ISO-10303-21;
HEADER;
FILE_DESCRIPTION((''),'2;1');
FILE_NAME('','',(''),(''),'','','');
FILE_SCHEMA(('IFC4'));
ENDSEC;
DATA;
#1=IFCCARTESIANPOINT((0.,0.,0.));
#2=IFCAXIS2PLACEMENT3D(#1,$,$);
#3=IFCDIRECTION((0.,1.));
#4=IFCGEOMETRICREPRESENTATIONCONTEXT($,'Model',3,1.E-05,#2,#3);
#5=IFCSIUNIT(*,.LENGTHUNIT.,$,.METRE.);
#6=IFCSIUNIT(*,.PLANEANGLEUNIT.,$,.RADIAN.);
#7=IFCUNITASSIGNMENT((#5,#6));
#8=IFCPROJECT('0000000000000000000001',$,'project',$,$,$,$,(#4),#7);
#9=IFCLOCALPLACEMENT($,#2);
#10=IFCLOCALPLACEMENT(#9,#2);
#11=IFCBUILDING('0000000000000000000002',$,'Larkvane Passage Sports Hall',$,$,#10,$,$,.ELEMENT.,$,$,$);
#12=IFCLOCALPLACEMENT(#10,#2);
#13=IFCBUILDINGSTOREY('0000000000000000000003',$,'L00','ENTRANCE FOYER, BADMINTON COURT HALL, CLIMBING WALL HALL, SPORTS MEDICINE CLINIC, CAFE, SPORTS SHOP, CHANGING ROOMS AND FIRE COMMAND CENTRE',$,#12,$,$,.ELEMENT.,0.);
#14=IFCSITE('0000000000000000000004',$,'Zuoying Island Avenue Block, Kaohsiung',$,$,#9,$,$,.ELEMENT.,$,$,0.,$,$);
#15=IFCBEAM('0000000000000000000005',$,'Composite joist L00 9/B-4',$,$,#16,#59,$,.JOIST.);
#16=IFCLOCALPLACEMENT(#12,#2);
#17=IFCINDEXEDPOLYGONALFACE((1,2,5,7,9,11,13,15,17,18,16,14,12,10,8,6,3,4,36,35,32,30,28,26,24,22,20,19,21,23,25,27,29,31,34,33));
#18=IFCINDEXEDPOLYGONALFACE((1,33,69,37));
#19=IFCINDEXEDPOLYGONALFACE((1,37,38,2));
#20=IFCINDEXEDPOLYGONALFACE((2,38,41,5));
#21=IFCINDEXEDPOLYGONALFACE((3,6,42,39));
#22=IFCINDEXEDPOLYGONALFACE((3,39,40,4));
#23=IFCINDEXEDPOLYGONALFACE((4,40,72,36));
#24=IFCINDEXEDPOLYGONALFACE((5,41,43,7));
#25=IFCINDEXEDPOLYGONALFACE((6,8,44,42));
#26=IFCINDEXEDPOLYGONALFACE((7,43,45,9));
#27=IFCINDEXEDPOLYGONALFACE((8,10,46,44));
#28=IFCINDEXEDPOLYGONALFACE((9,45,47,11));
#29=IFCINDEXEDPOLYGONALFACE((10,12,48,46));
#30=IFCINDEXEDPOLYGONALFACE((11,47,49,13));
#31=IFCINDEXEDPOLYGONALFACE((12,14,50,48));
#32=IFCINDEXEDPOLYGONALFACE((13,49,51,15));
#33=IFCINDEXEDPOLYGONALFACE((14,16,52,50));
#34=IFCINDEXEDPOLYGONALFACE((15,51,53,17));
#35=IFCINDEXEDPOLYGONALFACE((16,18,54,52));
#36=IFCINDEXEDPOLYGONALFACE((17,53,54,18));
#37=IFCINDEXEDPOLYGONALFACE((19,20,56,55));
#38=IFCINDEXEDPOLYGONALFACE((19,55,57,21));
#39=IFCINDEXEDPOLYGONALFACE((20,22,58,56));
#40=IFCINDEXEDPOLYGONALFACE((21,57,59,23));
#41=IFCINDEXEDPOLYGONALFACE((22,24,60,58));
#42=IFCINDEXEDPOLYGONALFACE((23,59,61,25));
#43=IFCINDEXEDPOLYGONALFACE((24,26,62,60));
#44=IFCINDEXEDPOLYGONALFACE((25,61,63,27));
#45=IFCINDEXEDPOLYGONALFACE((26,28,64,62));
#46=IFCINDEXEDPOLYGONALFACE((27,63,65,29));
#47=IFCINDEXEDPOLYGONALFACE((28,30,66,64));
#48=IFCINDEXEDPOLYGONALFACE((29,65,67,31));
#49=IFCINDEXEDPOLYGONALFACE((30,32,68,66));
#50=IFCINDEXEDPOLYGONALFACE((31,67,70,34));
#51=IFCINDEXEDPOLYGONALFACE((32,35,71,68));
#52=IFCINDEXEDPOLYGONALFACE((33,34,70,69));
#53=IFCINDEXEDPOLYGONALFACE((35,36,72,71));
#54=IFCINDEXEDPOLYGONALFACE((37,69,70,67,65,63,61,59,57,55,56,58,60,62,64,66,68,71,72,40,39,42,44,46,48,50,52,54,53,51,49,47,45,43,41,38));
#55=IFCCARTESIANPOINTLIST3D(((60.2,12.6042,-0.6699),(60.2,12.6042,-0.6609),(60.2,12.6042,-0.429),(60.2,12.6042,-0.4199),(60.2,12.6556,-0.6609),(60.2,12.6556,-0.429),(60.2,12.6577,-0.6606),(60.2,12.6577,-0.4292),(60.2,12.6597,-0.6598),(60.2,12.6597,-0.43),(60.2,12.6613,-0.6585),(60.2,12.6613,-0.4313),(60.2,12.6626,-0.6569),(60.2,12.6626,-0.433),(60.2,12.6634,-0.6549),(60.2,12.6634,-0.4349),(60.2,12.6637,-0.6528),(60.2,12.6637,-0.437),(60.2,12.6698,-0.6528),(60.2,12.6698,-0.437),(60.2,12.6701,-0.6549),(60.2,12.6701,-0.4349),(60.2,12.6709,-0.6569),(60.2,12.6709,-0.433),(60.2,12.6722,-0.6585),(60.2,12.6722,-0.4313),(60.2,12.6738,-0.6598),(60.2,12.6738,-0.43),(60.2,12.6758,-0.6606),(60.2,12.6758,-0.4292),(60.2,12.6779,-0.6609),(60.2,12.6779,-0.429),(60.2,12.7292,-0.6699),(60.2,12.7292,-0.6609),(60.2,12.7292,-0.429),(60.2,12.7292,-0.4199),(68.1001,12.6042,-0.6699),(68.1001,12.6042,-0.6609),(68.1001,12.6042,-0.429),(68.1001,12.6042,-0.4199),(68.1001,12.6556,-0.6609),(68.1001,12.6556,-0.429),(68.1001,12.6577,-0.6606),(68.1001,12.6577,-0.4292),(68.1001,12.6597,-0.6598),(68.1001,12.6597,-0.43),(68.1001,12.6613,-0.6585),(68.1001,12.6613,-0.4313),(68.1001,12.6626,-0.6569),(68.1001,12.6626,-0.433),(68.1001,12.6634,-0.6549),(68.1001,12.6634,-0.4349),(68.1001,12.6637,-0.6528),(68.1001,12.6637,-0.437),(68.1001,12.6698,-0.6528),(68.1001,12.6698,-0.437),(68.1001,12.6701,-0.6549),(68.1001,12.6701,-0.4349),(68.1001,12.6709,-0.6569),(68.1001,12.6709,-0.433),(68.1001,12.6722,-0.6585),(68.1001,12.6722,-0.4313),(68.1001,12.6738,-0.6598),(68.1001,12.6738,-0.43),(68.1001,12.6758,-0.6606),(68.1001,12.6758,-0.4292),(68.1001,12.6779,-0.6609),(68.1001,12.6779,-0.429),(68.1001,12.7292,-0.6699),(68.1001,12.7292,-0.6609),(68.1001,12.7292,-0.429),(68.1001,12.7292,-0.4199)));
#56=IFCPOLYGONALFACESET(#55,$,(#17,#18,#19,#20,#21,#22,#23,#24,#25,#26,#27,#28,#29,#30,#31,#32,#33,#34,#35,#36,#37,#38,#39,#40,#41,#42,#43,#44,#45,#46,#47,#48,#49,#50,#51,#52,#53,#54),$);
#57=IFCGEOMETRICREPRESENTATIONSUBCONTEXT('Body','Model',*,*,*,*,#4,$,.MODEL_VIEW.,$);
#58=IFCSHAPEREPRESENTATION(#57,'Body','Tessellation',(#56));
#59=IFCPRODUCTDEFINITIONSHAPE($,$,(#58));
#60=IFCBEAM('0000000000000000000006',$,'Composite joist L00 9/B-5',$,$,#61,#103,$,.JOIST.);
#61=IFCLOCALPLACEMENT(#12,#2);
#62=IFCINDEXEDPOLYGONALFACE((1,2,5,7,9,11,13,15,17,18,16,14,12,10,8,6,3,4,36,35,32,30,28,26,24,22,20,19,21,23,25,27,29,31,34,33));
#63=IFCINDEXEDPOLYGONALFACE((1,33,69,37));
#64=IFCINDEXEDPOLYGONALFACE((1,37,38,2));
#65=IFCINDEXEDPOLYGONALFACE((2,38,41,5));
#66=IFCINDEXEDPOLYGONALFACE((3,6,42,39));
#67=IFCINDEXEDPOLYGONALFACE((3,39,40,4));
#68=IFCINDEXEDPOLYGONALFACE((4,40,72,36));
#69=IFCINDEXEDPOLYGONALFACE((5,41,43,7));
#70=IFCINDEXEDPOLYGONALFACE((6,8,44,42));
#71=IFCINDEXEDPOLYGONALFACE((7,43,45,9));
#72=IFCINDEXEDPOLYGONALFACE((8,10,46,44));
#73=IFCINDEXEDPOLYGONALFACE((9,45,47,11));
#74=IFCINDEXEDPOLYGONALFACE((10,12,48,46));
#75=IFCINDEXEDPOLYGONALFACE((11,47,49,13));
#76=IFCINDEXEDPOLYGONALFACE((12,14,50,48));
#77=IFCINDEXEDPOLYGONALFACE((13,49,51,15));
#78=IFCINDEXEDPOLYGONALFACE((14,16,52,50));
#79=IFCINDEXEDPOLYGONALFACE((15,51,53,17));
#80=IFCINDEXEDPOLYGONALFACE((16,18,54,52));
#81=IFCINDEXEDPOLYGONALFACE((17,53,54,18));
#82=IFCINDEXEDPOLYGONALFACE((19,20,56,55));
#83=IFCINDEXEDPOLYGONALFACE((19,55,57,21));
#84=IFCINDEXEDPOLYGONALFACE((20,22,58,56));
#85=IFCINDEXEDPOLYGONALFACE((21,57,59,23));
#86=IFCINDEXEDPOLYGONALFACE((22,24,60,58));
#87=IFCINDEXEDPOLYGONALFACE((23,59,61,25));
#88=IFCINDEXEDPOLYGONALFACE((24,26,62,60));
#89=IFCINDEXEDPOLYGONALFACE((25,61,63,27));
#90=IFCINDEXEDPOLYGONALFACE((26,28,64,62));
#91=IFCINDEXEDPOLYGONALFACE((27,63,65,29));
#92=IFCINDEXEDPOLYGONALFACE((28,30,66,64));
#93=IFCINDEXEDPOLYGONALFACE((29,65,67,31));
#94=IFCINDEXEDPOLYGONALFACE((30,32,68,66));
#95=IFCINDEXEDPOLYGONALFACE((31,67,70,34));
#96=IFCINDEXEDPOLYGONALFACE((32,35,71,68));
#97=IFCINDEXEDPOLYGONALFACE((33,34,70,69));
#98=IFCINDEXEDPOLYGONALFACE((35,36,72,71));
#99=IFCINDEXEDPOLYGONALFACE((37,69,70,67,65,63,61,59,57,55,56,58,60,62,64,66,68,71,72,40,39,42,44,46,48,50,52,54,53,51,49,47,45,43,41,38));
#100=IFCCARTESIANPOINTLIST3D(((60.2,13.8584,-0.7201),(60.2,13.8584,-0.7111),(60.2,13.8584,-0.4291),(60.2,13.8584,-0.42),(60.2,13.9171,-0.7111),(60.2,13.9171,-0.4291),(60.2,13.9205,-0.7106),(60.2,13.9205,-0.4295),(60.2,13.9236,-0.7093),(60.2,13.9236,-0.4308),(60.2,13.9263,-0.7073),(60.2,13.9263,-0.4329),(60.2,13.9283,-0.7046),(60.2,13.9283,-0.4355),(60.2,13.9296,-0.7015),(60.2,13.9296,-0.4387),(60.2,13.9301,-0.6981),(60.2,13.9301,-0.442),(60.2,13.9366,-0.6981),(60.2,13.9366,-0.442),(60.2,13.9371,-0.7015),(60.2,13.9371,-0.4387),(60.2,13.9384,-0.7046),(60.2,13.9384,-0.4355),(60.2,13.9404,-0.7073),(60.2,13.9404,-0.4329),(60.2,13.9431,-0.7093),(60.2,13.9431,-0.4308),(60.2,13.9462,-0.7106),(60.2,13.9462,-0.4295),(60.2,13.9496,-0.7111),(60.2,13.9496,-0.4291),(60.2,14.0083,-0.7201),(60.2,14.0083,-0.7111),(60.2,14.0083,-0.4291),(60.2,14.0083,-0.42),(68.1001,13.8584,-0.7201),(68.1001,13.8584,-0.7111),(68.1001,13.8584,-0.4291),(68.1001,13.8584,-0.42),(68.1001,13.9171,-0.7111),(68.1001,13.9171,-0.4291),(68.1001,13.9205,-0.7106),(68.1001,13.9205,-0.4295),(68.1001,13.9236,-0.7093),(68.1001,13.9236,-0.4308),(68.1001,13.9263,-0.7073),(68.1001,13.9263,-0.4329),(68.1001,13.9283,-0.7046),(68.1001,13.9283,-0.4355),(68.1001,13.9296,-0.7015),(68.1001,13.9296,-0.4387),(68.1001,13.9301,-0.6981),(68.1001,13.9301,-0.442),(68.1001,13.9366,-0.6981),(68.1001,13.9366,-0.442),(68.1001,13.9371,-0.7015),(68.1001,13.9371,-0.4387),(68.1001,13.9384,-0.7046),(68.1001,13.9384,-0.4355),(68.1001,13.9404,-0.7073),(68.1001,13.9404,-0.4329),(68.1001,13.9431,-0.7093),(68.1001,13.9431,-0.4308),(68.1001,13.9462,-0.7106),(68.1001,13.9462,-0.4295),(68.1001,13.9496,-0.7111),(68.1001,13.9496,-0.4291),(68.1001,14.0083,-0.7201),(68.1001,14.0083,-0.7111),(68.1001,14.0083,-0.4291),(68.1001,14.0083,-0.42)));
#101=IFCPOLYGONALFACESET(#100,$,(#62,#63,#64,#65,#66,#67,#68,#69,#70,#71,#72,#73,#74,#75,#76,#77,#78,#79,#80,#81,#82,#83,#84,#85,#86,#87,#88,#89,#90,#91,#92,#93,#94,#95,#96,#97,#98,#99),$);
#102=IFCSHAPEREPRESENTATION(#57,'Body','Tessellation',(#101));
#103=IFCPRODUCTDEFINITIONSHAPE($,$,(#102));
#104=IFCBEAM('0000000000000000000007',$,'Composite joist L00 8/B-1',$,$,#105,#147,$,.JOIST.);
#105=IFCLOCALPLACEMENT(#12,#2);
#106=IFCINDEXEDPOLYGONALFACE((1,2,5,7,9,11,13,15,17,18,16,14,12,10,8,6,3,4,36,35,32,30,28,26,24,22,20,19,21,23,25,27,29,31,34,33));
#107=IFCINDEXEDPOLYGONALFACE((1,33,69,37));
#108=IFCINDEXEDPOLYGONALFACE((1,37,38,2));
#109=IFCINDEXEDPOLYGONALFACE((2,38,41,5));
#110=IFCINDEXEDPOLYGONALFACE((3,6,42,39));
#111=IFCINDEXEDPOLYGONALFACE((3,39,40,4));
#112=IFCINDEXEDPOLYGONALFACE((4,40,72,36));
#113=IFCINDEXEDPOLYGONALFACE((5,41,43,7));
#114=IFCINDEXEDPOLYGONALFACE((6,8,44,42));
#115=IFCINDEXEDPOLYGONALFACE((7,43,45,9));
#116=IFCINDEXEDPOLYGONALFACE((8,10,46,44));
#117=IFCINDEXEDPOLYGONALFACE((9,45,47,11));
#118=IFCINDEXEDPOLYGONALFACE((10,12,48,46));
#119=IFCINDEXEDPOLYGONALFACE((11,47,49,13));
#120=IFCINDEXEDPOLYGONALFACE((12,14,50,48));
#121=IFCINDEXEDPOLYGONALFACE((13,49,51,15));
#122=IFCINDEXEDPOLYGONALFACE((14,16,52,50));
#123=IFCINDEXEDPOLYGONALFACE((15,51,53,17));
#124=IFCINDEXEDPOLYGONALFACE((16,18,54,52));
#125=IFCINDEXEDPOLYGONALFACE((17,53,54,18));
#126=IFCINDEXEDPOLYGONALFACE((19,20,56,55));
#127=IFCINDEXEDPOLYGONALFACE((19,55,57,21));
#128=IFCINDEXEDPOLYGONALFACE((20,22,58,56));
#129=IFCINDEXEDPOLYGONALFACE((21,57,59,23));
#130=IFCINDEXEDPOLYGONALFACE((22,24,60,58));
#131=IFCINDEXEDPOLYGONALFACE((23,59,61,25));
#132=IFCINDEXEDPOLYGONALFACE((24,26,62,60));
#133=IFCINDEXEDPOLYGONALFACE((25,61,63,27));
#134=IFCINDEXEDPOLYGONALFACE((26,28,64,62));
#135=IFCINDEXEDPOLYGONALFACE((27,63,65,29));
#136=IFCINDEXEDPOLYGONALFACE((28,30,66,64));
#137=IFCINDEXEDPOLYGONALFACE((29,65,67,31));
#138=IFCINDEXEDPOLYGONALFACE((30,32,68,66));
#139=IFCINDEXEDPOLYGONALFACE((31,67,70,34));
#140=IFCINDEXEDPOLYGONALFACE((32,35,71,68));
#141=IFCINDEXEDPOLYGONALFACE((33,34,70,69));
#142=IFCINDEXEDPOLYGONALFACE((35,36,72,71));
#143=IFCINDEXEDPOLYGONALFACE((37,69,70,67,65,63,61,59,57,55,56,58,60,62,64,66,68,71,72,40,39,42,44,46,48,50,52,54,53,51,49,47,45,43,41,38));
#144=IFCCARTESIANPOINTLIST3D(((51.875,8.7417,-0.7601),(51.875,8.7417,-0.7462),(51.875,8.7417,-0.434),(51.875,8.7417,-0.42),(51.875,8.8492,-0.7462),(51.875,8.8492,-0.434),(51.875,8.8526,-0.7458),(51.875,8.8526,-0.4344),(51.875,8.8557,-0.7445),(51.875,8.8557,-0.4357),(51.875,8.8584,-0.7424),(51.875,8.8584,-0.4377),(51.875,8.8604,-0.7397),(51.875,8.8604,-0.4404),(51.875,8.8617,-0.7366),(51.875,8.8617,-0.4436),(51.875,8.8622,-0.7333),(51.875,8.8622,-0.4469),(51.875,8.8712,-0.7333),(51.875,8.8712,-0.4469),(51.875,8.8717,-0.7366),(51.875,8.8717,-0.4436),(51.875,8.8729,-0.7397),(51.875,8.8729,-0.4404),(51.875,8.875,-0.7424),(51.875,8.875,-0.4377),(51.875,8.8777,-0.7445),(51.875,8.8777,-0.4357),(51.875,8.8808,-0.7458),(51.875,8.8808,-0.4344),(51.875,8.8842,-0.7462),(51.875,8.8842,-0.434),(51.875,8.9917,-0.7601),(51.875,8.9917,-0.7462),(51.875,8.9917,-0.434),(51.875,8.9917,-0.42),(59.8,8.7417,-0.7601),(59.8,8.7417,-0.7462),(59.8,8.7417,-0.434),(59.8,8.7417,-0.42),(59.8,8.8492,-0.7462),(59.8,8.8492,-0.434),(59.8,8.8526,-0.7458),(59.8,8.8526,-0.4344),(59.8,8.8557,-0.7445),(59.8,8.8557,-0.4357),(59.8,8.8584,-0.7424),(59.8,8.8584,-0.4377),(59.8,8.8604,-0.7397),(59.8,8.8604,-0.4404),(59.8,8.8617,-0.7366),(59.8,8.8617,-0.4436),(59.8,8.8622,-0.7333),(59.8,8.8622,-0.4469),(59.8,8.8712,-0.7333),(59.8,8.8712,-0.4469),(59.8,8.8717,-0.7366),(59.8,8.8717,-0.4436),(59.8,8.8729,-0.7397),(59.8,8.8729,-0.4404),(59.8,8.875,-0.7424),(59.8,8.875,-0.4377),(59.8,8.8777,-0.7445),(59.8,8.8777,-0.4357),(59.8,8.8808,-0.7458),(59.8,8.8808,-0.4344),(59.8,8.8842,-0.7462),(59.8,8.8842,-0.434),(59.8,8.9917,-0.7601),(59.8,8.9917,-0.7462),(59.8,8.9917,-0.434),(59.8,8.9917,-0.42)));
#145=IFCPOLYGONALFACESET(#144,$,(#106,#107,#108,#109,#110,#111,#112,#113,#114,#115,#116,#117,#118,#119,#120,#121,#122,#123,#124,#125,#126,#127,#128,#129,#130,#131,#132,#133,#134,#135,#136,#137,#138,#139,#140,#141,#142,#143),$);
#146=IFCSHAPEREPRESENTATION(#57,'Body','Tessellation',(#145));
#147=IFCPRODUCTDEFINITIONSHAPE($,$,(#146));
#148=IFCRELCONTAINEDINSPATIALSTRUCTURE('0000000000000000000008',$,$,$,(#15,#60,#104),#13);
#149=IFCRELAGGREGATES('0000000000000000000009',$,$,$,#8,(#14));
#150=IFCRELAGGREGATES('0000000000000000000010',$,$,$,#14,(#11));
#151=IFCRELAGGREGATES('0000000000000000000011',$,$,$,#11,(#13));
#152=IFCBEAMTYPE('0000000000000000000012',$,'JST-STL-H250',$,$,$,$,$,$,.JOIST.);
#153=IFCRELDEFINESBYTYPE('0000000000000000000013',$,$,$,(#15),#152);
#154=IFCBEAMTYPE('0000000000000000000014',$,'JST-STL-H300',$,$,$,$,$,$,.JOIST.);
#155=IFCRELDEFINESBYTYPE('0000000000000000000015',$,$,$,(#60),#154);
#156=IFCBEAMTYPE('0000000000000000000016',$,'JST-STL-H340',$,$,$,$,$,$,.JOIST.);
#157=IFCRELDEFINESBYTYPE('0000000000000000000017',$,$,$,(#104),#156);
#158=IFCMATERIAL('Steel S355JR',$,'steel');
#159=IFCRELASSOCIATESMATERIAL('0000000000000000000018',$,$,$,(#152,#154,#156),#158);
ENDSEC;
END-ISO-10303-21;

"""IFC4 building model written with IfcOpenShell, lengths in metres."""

from ifc_helpers import new_model, si_unit, direction, frame, origin, origin_2d, place, context, subcontext, project, spatial, i_section, extrude, material, material_profile, profile_set, type_object, element, save


model = new_model("IFC4")

# Units and contexts
model_context = context("Model", 3, precision=1e-05, world=origin(), true_north=direction((0.0, 1.0)))
body_context = subcontext(model_context, "Body", "Model", "MODEL_VIEW")
ifc_project = project(units=[si_unit("LENGTHUNIT", "METRE"), si_unit("PLANEANGLEUNIT", "RADIAN")], contexts=[model_context])

# Site, building, storey
site_placement = place(None, origin())
site = spatial("IfcSite", under=ifc_project, at=site_placement, Name="Zuoying Island Avenue Block, Kaohsiung", CompositionType="ELEMENT", RefElevation=0.0)
building_placement = place(site_placement, origin())
building = spatial("IfcBuilding", under=site, at=building_placement, Name="Larkvane Passage Sports Hall", CompositionType="ELEMENT")
storey_placement = place(building_placement, origin())
storey = spatial("IfcBuildingStorey", under=building, at=storey_placement, Name="L00", Description="ENTRANCE FOYER, BADMINTON COURT HALL, CLIMBING WALL HALL, SPORTS MEDICINE CLINIC, CAFE, SPORTS SHOP, CHANGING ROOMS AND FIRE COMMAND CENTRE", CompositionType="ELEMENT", Elevation=0.0)

# Shared definitions
ifc_material_1 = material(Name="Steel S355JR", Category="steel")

# Beams
ifc_material_profile_1 = material_profile(ifc_material_1, i_section(OverallWidth=0.125, OverallDepth=0.25, WebThickness=0.0061, FlangeThickness=0.009, FilletRadius=0.0081, at=origin_2d()), Name="H-250x125x6x9")
ifc_profile_set_1 = profile_set([ifc_material_profile_1], Name="Steel S355JR")
beam_type_1 = type_object("IfcBeamType", Name="JST-STL-H250", PredefinedType="JOIST", material=ifc_profile_set_1)
beam_1_placement = place(storey_placement, frame((60.2, 12.6667, -0.5449), z_axis=(1.0, 0.0, 0.0), x_axis=(0.0, 1.0, 0.0)))
element("IfcBeam", 1, at=beam_1_placement, inside=storey, type_object=beam_type_1, Name="Composite joist L00 9/B-4", PredefinedType="JOIST", context=body_context, shape_type="SweptSolid", body=[
    extrude(i_section(OverallWidth=0.125, OverallDepth=0.25, WebThickness=0.0061, FlangeThickness=0.009, FilletRadius=0.0081, at=origin_2d()), origin(), (0.0, 0.0, 1.0), 7.9001),
])
ifc_material_profile_2 = material_profile(ifc_material_1, i_section(OverallWidth=0.1499, OverallDepth=0.3, WebThickness=0.0066, FlangeThickness=0.009, FilletRadius=0.0129, at=origin_2d()), Name="H-300x150x6.5x9")
ifc_profile_set_2 = profile_set([ifc_material_profile_2], Name="Steel S355JR")
beam_type_2 = type_object("IfcBeamType", Name="JST-STL-H300", PredefinedType="JOIST", material=ifc_profile_set_2)
beam_2_placement = place(storey_placement, frame((60.2, 13.9333, -0.5701), z_axis=(1.0, 0.0, 0.0), x_axis=(0.0, 1.0, 0.0)))
element("IfcBeam", 2, at=beam_2_placement, inside=storey, type_object=beam_type_2, Name="Composite joist L00 9/B-5", PredefinedType="JOIST", context=body_context, shape_type="SweptSolid", body=[
    extrude(i_section(OverallWidth=0.1499, OverallDepth=0.3, WebThickness=0.0066, FlangeThickness=0.009, FilletRadius=0.0129, at=origin_2d()), origin(), (0.0, 0.0, 1.0), 7.9001),
])
ifc_material_profile_3 = material_profile(ifc_material_1, i_section(OverallWidth=0.25, OverallDepth=0.3401, WebThickness=0.009, FlangeThickness=0.0139, FilletRadius=0.0129, at=origin_2d()), Name="H-340x250x9x14")
ifc_profile_set_3 = profile_set([ifc_material_profile_3], Name="Steel S355JR")
beam_type_3 = type_object("IfcBeamType", Name="JST-STL-H340", PredefinedType="JOIST", material=ifc_profile_set_3)
beam_3_placement = place(storey_placement, frame((51.875, 8.8667, -0.5901), z_axis=(1.0, 0.0, 0.0), x_axis=(0.0, 1.0, 0.0)))
element("IfcBeam", 3, at=beam_3_placement, inside=storey, type_object=beam_type_3, Name="Composite joist L00 8/B-1", PredefinedType="JOIST", context=body_context, shape_type="SweptSolid", body=[
    extrude(i_section(OverallWidth=0.25, OverallDepth=0.3401, WebThickness=0.009, FlangeThickness=0.0139, FilletRadius=0.0129, at=origin_2d()), origin(), (0.0, 0.0, 1.0), 7.925),
])

save(model, "model.ifc")
